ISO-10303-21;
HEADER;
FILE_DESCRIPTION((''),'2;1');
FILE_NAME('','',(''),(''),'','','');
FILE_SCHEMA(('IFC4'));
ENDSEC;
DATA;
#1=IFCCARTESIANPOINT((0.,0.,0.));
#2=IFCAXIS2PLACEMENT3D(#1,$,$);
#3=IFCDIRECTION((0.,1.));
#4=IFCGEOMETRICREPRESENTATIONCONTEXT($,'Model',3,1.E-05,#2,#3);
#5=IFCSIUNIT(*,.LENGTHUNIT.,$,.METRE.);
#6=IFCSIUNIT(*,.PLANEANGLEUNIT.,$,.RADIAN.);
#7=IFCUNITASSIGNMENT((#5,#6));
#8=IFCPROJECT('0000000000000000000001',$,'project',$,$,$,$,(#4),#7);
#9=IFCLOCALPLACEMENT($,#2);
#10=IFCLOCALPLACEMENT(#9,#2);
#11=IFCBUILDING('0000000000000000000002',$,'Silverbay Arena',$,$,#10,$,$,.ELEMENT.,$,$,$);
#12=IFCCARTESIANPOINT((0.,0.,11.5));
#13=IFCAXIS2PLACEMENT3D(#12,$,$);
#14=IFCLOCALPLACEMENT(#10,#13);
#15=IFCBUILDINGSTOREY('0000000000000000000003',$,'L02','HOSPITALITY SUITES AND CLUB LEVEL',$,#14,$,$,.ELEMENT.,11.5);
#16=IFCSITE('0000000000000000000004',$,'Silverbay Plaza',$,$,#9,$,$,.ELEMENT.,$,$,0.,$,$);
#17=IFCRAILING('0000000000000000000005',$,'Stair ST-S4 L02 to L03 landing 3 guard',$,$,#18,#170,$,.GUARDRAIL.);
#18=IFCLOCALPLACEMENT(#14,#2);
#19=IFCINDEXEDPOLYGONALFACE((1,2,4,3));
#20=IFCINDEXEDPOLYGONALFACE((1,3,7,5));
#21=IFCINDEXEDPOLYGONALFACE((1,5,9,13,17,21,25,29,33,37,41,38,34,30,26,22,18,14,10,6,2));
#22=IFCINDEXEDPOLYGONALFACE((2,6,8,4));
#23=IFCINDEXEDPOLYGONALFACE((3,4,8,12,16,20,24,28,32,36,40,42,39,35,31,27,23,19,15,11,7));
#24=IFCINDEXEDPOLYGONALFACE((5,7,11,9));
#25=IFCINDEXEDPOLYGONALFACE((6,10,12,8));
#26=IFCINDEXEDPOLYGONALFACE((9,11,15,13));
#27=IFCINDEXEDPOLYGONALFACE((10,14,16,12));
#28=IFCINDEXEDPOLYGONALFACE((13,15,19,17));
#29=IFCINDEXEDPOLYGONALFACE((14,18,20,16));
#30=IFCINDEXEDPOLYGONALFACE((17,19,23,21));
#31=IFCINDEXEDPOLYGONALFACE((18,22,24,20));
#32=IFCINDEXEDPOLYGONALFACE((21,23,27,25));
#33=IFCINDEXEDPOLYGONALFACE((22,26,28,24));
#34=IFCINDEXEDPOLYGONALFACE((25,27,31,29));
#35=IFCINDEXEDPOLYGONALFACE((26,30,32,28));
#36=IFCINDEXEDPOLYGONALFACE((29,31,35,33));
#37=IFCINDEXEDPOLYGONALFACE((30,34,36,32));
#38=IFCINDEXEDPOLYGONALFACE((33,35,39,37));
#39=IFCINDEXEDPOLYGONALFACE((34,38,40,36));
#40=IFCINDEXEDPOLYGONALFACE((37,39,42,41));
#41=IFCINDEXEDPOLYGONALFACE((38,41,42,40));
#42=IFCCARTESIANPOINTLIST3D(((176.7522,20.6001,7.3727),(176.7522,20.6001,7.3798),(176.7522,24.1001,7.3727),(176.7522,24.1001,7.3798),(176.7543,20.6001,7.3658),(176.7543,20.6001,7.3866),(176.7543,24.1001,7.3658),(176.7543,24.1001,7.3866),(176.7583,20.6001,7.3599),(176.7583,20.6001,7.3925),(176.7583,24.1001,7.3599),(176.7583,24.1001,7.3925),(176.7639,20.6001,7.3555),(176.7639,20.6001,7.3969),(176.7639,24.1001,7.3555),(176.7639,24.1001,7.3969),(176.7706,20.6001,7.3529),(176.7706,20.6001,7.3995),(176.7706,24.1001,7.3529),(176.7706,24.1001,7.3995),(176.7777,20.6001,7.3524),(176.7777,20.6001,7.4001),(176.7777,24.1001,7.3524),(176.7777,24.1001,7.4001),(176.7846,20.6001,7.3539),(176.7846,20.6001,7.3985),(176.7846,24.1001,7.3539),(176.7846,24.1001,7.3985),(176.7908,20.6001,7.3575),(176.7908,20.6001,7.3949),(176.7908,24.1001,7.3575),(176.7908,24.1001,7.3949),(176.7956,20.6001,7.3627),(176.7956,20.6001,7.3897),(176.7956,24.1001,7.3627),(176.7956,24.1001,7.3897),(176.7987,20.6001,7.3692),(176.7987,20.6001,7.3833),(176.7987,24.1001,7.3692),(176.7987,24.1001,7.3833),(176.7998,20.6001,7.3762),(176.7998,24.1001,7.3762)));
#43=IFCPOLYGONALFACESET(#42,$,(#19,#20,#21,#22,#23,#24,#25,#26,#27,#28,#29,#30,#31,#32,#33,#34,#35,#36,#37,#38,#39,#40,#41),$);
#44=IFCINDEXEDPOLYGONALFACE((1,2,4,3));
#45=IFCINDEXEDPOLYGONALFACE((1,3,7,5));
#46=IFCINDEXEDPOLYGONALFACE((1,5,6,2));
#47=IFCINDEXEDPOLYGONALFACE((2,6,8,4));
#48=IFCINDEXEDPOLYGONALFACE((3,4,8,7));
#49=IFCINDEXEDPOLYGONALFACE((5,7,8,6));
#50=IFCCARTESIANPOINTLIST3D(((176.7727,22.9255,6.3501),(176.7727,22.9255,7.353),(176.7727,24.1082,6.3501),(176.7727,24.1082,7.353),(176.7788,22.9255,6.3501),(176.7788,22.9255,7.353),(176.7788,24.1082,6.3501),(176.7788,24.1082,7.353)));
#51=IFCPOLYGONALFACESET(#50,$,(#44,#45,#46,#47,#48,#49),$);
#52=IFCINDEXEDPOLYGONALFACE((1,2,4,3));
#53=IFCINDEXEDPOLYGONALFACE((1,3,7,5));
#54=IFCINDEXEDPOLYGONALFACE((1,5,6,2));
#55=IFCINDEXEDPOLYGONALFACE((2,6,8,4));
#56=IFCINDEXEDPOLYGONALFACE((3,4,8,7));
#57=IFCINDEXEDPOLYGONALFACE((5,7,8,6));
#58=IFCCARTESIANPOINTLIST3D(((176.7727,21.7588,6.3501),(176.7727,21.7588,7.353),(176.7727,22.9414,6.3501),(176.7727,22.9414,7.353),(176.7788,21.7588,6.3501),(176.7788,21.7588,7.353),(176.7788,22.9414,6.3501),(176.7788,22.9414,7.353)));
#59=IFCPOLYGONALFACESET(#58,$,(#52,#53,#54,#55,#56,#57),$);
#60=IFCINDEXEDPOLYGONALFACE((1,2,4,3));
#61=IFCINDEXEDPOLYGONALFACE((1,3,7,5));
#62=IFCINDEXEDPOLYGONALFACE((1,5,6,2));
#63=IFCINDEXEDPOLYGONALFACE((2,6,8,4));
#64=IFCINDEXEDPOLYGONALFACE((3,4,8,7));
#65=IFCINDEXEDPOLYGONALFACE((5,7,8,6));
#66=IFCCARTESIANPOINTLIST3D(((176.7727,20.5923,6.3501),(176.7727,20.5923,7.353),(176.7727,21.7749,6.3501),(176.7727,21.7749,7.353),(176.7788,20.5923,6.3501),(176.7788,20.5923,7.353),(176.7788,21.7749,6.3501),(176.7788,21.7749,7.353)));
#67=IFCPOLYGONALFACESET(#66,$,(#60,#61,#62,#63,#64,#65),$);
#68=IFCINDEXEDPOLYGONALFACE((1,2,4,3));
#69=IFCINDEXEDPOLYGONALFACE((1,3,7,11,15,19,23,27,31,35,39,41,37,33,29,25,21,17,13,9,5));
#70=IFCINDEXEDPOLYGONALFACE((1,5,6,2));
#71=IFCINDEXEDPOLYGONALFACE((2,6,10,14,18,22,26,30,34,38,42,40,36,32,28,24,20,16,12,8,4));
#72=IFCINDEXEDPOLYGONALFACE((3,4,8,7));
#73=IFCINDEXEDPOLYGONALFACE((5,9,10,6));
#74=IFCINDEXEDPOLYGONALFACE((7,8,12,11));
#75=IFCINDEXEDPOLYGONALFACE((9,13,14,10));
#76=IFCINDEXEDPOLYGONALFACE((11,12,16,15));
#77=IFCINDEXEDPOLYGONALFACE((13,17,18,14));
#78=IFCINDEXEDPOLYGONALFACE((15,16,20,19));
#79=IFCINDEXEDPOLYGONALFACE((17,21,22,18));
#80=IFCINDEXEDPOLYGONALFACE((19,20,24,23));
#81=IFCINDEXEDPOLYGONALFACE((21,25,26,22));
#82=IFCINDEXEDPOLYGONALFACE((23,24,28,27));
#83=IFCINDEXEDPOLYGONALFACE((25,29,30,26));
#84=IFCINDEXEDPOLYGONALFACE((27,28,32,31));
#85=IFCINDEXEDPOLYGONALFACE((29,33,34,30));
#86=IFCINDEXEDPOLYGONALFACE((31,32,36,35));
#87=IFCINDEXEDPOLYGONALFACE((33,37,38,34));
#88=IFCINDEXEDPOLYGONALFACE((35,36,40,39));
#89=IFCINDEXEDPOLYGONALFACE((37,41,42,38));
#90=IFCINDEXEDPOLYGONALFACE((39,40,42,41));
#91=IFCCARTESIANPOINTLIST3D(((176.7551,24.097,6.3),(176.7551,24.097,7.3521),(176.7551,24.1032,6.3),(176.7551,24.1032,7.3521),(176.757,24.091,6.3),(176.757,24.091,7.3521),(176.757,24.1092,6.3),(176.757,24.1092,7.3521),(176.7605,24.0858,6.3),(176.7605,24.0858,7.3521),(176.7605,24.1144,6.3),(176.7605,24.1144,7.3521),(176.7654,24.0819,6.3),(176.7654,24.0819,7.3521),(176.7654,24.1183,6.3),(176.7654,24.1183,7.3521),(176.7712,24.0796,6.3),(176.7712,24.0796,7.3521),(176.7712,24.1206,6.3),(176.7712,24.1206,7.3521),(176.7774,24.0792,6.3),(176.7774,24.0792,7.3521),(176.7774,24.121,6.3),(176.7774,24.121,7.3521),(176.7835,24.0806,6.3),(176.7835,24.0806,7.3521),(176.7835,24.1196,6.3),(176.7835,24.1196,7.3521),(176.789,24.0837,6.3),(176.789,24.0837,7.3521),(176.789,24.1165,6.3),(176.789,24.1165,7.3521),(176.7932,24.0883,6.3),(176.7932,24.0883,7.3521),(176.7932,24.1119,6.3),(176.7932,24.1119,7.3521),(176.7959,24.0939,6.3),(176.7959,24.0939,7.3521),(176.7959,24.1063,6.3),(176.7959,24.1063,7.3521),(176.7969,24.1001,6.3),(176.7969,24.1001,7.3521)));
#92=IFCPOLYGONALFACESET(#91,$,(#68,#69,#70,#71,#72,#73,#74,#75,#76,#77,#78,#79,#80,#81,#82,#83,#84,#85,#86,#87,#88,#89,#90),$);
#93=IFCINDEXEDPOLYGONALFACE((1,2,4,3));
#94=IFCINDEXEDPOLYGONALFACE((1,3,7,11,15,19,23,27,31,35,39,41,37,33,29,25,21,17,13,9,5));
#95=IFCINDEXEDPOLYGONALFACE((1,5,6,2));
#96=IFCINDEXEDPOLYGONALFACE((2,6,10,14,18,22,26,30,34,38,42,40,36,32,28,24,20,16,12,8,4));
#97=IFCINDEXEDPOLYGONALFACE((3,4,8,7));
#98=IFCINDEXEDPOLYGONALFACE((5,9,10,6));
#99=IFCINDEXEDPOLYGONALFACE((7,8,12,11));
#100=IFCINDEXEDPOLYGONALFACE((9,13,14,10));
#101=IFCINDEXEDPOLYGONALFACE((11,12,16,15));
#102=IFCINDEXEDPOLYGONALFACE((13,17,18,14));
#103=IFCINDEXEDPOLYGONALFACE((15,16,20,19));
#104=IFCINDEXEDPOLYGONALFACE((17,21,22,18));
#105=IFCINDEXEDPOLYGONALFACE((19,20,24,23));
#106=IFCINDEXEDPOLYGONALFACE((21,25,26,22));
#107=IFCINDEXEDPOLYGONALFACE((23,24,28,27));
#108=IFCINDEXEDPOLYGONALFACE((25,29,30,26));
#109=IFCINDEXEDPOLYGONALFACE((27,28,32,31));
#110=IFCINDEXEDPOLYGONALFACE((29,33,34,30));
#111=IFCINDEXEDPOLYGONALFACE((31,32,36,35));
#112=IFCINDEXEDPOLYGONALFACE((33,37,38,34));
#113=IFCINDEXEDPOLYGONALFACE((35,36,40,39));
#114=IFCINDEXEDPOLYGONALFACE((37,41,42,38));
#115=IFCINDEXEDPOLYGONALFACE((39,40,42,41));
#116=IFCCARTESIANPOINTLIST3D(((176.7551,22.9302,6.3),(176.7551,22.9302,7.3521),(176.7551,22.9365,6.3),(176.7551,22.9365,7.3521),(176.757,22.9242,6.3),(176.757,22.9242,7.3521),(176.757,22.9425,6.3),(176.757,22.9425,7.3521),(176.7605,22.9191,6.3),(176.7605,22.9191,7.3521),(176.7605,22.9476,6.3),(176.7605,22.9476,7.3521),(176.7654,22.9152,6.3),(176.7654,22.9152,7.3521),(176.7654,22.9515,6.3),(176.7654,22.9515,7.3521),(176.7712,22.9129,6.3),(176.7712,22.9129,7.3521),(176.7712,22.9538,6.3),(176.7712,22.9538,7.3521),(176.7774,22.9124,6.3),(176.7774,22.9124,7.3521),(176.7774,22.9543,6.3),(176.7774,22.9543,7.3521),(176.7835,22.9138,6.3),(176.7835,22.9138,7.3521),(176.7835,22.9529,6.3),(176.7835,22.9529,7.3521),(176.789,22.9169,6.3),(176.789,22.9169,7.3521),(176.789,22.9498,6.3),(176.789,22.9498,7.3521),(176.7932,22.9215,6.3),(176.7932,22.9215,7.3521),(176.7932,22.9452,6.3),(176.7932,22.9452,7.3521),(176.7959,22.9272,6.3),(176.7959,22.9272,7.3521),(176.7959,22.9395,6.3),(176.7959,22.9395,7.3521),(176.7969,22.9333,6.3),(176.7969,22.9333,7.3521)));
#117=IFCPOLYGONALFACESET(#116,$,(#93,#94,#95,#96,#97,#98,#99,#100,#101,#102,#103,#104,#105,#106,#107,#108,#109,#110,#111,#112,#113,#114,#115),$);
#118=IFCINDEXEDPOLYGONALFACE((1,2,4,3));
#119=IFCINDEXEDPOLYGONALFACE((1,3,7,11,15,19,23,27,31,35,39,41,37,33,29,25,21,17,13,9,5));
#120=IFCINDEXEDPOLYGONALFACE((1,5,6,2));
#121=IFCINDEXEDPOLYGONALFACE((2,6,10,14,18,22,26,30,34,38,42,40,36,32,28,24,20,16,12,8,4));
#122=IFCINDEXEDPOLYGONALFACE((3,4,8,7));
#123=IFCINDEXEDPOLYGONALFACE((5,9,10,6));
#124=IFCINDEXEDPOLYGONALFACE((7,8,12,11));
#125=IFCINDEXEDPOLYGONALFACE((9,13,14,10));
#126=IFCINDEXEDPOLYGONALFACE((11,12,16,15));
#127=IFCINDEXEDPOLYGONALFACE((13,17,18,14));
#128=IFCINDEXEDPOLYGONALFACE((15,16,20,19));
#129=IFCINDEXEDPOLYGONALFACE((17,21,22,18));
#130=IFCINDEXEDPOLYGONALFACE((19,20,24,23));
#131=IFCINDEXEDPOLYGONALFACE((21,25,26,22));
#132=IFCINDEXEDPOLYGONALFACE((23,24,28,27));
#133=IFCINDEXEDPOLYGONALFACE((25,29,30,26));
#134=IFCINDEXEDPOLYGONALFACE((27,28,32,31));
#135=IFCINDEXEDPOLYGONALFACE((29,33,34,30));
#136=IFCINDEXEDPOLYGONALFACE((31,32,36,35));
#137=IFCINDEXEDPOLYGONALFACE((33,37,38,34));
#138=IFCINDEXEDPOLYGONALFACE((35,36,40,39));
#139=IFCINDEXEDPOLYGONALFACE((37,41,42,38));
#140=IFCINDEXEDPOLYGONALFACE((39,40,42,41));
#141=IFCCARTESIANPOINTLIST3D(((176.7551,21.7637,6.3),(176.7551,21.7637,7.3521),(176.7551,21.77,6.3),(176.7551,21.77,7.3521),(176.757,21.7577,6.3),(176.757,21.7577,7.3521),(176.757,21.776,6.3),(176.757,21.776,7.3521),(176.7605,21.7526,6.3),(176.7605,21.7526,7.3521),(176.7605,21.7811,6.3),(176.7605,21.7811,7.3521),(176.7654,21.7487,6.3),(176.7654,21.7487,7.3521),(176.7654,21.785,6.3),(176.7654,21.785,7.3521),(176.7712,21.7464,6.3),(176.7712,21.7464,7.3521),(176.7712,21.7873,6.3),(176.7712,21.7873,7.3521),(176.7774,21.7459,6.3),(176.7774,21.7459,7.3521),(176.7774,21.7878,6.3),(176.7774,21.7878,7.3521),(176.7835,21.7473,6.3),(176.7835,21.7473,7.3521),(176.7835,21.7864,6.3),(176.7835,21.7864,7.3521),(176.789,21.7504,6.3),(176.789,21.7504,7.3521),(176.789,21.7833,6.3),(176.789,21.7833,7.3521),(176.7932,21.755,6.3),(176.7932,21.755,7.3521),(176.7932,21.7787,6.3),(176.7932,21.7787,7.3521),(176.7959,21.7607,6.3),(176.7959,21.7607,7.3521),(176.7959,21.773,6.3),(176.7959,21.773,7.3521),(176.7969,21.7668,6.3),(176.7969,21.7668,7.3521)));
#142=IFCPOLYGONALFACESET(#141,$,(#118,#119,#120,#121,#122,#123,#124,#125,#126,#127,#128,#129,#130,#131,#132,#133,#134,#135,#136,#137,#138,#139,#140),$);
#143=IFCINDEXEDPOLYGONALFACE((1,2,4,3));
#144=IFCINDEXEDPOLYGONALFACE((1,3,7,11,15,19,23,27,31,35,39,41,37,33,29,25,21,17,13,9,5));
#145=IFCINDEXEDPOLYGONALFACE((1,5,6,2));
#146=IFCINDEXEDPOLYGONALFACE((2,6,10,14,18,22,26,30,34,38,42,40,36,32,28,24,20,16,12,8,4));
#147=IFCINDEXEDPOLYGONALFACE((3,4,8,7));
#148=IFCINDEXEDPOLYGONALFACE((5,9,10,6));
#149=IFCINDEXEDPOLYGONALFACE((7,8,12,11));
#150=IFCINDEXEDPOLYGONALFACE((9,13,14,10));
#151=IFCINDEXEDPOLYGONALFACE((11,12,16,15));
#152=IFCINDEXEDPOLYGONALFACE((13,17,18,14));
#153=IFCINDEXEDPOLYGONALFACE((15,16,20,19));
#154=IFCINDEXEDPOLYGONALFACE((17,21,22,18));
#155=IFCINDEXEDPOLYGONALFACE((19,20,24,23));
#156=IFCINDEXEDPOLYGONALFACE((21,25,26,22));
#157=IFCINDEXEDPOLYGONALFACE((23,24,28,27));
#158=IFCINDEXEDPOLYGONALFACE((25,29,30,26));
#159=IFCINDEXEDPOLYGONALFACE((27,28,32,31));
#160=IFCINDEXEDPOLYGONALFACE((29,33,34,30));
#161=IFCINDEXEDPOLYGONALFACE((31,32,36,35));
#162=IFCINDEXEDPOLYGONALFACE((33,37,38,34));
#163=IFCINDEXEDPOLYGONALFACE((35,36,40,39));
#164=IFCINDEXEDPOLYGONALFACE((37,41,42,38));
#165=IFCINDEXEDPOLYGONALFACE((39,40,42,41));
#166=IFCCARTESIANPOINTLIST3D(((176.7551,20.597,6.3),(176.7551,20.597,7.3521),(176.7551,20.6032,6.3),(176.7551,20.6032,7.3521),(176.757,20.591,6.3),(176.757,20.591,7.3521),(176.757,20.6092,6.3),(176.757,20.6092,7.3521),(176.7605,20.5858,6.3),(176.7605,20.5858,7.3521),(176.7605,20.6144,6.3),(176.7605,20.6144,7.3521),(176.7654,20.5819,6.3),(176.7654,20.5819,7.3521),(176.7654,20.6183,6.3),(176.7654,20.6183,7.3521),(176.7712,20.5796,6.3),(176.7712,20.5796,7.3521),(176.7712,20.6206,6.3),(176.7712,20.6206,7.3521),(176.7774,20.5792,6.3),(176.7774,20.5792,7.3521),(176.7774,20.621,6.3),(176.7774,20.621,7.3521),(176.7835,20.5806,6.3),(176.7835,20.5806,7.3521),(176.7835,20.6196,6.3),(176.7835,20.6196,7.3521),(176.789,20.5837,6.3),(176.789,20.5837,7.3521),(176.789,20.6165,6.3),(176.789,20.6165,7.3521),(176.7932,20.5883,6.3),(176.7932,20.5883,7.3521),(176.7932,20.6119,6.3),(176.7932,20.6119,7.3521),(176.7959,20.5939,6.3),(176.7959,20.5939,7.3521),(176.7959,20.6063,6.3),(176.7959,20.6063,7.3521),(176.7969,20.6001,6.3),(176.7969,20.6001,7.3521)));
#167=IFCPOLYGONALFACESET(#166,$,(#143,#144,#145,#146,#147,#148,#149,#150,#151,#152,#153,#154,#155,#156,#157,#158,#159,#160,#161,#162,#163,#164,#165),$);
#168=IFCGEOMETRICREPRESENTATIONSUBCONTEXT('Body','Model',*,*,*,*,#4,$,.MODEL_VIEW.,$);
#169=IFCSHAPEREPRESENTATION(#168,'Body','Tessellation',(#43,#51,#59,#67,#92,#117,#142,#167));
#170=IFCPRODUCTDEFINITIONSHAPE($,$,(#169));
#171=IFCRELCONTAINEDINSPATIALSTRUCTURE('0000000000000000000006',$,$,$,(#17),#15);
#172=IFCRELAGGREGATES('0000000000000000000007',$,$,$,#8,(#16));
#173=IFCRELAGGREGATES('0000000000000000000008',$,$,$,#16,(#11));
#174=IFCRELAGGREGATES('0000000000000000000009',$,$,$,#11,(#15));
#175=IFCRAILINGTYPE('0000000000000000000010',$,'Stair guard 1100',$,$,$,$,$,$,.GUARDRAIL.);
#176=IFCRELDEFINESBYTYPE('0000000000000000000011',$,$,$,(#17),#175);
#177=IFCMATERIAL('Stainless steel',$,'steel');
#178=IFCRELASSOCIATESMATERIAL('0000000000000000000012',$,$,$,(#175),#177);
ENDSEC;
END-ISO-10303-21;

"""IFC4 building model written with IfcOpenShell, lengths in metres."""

from ifc_helpers import new_model, si_unit, direction, frame, origin, origin_2d, place, context, subcontext, project, spatial, polyline, circle, outline, extrude, material, type_object, element, save


model = new_model("IFC4")

# Units and contexts
model_context = context("Model", 3, precision=1e-05, world=origin(), true_north=direction((0.0, 1.0)))
body_context = subcontext(model_context, "Body", "Model", "MODEL_VIEW")
ifc_project = project(units=[si_unit("LENGTHUNIT", "METRE"), si_unit("PLANEANGLEUNIT", "RADIAN")], contexts=[model_context])

# Site, building, storey
site_placement = place(None, origin())
site = spatial("IfcSite", under=ifc_project, at=site_placement, Name="Silverbay Plaza", CompositionType="ELEMENT", RefElevation=0.0)
building_placement = place(site_placement, origin())
building = spatial("IfcBuilding", under=site, at=building_placement, Name="Silverbay Arena", CompositionType="ELEMENT")
storey_placement = place(building_placement, frame((0.0, 0.0, 11.5)))
storey = spatial("IfcBuildingStorey", under=building, at=storey_placement, Name="L02", Description="HOSPITALITY SUITES AND CLUB LEVEL", CompositionType="ELEMENT", Elevation=11.5)

# Railing
ifc_material_1 = material(Name="Stainless steel", Category="steel")
railing_type_1 = type_object("IfcRailingType", Name="Stair guard 1100", PredefinedType="GUARDRAIL", material=ifc_material_1)
for number, where, name in (
    (1, (176.7759, 24.1001, 6.3), "Stair ST-S4 L02 to L03 landing 3 guard"),
):
    element("IfcRailing", number, at=place(storey_placement, frame(where)), inside=storey, type_object=railing_type_1, Name=name, PredefinedType="GUARDRAIL", context=body_context, shape_type="SweptSolid", body=[
        extrude(circle(Radius=0.0239, at=origin_2d()), frame((0.0, 0.0, 1.0762), z_axis=(0.0, -1.0, 0.0), x_axis=(1.0, 0.0, 0.0)), (0.0, 0.0, 1.0), 3.5),
        extrude(outline(polyline([(-0.0081, 0.05), (1.1746, 0.05), (1.1746, 1.053), (-0.0081, 1.053), (-0.0081, 0.05)])), frame((0.0029, 0.0, 0.0), z_axis=(-1.0, 0.0, 0.0), x_axis=(0.0, -1.0, 0.0)), (0.0, 0.0, 1.0), 0.0061),
        extrude(outline(polyline([(-0.0081, 0.05), (1.1746, 0.05), (1.1746, 1.053), (-0.0081, 1.053), (-0.0081, 0.05)])), frame((0.0029, -1.1667, 0.0), z_axis=(-1.0, 0.0, 0.0), x_axis=(0.0, -1.0, 0.0)), (0.0, 0.0, 1.0), 0.0061),
        extrude(outline(polyline([(-0.0081, 0.05), (1.1746, 0.05), (1.1746, 1.053), (-0.0081, 1.053), (-0.0081, 0.05)])), frame((0.0029, -2.3333, 0.0), z_axis=(-1.0, 0.0, 0.0), x_axis=(0.0, -1.0, 0.0)), (0.0, 0.0, 1.0), 0.0061),
        extrude(circle(Radius=0.021, at=origin_2d()), origin(), (0.0, 0.0, 1.0), 1.052),
        extrude(circle(Radius=0.021, at=origin_2d()), frame((0.0, -1.1667, 0.0)), (0.0, 0.0, 1.0), 1.052),
        extrude(circle(Radius=0.021, at=origin_2d()), frame((0.0, -2.3333, 0.0)), (0.0, 0.0, 1.0), 1.052),
        extrude(circle(Radius=0.021, at=origin_2d()), frame((0.0, -3.5, 0.0)), (0.0, 0.0, 1.0), 1.052),
    ])

save(model, "model.ifc")
